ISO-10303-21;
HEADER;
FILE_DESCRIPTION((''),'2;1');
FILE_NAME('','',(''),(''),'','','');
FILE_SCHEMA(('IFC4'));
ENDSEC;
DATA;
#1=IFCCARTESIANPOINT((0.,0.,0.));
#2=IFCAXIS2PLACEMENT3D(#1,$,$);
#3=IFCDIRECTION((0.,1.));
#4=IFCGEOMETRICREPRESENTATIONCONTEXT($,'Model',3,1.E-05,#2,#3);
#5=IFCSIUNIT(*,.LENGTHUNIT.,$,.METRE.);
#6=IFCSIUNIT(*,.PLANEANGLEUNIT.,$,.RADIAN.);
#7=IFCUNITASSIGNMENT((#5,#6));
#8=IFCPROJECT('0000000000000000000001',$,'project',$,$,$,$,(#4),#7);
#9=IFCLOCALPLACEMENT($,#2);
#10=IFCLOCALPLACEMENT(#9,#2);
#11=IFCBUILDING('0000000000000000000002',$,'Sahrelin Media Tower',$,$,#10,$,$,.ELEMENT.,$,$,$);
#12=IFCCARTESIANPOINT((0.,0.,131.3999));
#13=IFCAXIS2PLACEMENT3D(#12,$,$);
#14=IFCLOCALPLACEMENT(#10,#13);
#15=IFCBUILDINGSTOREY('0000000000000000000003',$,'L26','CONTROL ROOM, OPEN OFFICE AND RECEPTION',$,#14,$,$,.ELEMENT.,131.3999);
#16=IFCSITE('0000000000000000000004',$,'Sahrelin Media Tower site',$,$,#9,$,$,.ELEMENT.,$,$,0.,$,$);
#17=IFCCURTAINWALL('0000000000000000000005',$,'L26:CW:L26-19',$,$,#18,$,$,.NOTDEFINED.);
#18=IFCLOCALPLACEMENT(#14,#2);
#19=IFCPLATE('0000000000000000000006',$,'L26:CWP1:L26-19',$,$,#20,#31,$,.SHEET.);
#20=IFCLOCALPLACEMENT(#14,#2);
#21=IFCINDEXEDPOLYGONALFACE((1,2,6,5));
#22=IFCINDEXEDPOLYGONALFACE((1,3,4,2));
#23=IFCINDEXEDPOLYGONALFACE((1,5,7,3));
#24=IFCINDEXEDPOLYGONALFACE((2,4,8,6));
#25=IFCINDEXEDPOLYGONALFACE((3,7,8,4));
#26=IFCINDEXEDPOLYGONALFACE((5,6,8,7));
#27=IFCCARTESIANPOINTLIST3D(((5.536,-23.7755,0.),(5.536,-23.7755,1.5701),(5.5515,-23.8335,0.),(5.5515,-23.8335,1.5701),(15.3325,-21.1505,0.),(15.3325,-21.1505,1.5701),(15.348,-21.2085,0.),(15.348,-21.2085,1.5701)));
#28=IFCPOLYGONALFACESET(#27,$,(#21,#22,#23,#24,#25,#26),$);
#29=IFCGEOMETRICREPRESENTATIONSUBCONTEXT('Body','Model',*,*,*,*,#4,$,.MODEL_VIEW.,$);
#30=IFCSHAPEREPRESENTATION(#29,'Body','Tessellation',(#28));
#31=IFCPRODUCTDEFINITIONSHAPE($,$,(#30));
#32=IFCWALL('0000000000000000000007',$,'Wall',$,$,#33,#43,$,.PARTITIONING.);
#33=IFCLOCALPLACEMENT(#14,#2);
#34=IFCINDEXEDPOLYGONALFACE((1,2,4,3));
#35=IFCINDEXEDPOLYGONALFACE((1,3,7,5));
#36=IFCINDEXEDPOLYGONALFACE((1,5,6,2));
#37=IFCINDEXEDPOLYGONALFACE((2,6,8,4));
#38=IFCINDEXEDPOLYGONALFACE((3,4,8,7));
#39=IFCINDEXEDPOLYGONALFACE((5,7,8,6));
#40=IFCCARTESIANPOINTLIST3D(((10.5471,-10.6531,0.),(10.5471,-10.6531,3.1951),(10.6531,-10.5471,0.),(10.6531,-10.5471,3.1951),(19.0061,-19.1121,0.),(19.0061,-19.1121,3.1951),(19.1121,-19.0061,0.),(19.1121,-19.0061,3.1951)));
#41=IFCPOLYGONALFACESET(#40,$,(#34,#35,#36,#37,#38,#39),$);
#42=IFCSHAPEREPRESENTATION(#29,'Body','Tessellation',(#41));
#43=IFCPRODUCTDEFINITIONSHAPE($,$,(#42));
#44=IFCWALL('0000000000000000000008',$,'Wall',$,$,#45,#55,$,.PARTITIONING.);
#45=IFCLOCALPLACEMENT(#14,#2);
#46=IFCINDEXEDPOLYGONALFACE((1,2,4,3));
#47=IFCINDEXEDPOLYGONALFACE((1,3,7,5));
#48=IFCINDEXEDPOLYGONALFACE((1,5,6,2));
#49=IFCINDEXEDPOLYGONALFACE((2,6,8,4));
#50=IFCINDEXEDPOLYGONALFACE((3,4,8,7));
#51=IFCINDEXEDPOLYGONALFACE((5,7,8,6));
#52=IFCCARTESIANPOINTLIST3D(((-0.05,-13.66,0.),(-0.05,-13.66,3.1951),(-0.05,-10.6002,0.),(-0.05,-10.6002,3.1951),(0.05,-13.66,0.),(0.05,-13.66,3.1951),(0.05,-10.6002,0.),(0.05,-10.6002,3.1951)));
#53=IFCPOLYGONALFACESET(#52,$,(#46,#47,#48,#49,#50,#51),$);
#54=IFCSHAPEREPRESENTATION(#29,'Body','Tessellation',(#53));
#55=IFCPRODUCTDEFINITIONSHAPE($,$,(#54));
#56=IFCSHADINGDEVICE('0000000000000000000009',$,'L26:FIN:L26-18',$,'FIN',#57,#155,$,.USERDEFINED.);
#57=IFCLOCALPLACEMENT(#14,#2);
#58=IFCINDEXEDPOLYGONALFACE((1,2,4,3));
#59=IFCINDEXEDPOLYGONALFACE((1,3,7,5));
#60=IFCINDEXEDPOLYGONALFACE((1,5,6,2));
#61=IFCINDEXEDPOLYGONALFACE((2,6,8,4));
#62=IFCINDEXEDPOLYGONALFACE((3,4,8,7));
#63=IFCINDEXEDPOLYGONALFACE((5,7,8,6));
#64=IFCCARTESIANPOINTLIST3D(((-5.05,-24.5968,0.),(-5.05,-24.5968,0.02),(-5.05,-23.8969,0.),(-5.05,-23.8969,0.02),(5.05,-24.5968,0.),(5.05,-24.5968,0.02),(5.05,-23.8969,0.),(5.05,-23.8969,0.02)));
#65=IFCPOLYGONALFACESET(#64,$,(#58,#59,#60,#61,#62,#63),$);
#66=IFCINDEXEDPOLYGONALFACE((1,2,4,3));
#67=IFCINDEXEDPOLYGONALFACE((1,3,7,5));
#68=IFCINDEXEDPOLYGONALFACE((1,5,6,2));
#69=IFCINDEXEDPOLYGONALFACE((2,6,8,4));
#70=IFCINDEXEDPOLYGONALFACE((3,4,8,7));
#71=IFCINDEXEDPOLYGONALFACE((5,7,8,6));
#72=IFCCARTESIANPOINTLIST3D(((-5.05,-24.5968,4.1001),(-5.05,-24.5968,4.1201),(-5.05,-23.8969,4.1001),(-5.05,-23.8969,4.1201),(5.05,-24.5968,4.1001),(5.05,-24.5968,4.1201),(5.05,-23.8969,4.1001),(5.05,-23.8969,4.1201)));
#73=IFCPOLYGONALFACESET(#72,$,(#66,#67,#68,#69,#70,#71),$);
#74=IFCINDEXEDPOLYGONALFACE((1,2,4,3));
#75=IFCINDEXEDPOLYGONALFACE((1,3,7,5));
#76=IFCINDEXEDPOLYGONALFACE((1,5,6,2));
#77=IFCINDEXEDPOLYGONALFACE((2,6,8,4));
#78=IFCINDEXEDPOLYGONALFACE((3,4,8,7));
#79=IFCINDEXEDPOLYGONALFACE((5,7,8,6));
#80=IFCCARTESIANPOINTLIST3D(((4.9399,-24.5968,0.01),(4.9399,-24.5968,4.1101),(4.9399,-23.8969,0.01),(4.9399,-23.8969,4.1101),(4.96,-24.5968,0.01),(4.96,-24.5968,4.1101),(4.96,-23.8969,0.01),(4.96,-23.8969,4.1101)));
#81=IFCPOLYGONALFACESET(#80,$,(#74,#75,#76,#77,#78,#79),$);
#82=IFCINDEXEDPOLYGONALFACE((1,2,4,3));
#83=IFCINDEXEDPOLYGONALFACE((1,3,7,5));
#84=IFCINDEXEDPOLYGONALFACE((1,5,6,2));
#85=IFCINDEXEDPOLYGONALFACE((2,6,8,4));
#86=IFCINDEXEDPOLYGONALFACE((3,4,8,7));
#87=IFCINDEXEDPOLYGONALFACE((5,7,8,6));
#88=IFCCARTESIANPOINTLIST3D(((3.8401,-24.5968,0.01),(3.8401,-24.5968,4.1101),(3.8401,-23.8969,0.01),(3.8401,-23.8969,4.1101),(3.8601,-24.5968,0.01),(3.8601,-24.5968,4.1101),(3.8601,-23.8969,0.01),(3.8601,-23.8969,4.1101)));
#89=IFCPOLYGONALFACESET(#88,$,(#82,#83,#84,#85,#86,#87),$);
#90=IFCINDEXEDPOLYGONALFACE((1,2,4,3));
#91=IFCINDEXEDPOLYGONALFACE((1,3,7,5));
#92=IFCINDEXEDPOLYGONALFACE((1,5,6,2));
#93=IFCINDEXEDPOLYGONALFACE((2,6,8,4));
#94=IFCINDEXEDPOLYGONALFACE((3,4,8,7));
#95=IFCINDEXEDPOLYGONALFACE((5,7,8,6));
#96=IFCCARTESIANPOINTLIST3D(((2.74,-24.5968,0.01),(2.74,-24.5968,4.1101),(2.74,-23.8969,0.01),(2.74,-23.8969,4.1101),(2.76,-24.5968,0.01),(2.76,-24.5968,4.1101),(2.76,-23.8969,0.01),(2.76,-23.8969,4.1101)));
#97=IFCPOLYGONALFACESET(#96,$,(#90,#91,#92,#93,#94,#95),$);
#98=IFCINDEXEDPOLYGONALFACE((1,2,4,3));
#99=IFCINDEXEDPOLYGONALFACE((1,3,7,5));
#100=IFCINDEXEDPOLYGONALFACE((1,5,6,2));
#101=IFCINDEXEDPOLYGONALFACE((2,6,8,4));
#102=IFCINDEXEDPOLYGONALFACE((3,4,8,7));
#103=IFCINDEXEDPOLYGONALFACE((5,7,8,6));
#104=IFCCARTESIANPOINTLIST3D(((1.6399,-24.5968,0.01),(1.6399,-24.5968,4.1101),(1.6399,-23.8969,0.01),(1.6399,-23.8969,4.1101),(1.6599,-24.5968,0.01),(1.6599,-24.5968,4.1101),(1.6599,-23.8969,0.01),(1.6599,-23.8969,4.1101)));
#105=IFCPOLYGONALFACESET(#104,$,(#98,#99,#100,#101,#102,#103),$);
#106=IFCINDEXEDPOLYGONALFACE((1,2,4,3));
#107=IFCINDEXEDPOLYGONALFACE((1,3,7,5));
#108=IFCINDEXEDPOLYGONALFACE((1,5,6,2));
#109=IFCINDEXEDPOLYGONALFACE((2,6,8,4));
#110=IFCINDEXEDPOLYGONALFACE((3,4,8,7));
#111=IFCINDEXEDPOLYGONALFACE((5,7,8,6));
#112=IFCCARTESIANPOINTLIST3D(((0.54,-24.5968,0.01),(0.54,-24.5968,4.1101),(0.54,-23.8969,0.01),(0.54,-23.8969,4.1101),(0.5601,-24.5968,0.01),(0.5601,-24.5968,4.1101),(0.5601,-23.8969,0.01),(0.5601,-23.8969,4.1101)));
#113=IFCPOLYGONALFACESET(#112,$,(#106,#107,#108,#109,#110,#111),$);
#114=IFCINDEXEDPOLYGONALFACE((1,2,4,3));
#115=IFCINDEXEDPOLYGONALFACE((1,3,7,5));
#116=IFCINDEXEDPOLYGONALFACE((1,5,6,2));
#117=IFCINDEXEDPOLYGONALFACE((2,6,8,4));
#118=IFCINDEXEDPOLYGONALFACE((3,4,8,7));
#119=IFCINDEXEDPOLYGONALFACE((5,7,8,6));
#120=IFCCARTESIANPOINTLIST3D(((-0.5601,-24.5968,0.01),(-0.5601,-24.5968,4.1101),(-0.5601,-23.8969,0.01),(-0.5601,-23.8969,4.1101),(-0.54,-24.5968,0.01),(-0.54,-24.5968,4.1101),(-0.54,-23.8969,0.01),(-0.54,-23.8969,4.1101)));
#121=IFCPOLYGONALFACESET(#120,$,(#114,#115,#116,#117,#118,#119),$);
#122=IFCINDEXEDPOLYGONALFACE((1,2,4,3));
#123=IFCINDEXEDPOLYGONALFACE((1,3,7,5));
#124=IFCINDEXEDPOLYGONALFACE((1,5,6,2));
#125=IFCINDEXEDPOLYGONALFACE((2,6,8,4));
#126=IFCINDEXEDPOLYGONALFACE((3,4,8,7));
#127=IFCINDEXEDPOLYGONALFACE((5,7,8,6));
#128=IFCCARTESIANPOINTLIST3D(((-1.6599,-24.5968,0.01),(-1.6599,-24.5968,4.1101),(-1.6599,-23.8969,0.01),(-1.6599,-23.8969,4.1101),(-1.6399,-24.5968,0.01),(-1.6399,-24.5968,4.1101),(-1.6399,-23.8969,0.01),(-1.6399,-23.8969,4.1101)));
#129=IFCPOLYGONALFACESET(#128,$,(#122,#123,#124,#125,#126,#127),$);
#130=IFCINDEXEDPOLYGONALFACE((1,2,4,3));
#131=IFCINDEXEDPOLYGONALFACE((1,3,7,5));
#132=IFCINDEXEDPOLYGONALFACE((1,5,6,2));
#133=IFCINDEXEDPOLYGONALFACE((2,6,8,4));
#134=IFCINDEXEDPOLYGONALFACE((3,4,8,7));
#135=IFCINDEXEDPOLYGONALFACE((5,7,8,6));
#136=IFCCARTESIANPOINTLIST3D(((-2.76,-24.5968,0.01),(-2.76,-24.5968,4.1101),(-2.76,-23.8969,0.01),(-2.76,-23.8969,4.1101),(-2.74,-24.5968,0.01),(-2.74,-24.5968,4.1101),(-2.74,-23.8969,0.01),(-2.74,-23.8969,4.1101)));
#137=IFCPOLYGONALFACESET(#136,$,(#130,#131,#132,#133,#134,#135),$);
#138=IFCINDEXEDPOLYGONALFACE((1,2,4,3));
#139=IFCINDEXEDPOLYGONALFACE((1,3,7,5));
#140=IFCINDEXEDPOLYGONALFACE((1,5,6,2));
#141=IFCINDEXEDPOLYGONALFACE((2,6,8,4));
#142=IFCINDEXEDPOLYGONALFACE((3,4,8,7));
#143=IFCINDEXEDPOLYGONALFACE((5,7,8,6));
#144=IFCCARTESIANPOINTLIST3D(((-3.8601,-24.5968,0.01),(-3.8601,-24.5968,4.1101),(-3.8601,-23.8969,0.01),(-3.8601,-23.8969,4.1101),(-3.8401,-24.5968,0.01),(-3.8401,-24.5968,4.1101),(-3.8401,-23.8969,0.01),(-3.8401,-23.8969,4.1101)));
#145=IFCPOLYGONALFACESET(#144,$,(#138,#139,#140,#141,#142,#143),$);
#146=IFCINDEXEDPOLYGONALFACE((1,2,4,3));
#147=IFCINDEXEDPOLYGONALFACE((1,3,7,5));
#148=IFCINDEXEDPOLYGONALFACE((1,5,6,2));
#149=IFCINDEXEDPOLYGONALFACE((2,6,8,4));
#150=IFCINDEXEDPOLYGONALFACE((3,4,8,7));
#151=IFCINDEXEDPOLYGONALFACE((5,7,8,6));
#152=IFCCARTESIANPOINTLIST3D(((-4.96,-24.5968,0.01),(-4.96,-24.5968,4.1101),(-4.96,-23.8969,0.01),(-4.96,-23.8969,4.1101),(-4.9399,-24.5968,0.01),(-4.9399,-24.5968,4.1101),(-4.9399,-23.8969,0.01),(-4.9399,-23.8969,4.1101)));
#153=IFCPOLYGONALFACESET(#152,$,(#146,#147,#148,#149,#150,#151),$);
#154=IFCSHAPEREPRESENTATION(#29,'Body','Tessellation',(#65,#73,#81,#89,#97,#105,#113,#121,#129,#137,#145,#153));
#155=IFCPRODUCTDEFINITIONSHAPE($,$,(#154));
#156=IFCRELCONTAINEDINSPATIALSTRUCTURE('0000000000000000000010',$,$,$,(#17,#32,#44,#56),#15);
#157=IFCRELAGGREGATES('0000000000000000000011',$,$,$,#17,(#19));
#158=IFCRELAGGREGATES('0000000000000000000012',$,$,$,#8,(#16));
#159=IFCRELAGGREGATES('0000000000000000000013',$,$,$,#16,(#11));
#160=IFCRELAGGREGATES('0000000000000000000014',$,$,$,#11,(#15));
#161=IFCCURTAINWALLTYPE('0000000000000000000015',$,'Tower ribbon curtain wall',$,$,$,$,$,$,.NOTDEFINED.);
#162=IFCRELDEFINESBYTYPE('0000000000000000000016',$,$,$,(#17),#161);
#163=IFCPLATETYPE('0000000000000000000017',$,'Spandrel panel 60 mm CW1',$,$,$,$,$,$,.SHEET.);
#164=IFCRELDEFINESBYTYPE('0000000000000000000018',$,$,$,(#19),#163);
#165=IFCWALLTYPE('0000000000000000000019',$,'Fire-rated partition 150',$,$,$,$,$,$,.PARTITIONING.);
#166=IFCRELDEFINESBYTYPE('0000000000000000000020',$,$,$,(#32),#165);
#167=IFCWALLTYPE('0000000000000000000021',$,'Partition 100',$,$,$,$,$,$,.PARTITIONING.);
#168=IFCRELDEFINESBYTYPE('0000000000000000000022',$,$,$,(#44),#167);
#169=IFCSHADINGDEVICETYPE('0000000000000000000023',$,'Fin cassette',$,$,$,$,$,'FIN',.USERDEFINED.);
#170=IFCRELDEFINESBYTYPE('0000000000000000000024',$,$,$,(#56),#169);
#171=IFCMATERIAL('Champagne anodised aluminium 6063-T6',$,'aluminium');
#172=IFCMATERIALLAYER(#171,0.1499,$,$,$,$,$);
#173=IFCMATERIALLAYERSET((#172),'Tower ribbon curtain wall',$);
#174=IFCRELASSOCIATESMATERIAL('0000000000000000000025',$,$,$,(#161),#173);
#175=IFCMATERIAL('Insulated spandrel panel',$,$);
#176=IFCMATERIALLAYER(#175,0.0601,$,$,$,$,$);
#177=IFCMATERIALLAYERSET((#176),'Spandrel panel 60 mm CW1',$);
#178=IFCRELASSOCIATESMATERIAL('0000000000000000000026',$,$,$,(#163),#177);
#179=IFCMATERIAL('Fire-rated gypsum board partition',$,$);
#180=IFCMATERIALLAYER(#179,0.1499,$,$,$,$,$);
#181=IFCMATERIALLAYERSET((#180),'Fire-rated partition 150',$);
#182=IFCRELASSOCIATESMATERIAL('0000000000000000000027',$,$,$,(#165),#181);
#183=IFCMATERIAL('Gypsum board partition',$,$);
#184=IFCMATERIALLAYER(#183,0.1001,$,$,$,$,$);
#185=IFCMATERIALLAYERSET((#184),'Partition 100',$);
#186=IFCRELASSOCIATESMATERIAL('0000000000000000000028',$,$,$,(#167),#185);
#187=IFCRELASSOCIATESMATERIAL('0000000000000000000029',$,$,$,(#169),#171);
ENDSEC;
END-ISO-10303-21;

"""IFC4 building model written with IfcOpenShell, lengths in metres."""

from ifc_helpers import new_model, si_unit, direction, frame, frame_2d, origin, origin_2d, place, context, subcontext, project, spatial, polyline, rectangle, outline, extrude, material, layer, layer_set, type_object, element, aggregate, save


model = new_model("IFC4")

# Units and contexts
model_context = context("Model", 3, precision=1e-05, world=origin(), true_north=direction((0.0, 1.0)))
body_context = subcontext(model_context, "Body", "Model", "MODEL_VIEW")
ifc_project = project(units=[si_unit("LENGTHUNIT", "METRE"), si_unit("PLANEANGLEUNIT", "RADIAN")], contexts=[model_context])

# Site, building, storey
site_placement = place(None, origin())
site = spatial("IfcSite", under=ifc_project, at=site_placement, Name="Sahrelin Media Tower site", CompositionType="ELEMENT", RefElevation=0.0)
building_placement = place(site_placement, origin())
building = spatial("IfcBuilding", under=site, at=building_placement, Name="Sahrelin Media Tower", CompositionType="ELEMENT")
storey_placement = place(building_placement, frame((0.0, 0.0, 131.3999)))
storey = spatial("IfcBuildingStorey", under=building, at=storey_placement, Name="L26", Description="CONTROL ROOM, OPEN OFFICE AND RECEPTION", CompositionType="ELEMENT", Elevation=131.3999)

# Curtain wall
ifc_material_1 = material(Name="Champagne anodised aluminium 6063-T6", Category="aluminium")
ifc_layer_1 = layer(ifc_material_1, 0.1499)
ifc_layer_set_1 = layer_set([ifc_layer_1], Name="Tower ribbon curtain wall")
curtain_wall_type = type_object("IfcCurtainWallType", Name="Tower ribbon curtain wall", PredefinedType="NOTDEFINED", material=ifc_layer_set_1)
curtain_wall_placement = place(storey_placement, frame((10.4443, -22.5017, 0.0), z_axis=(0.0, 0.0, 1.0), x_axis=(1.0, 0.0, 0.0)))
curtain_wall = element("IfcCurtainWall", 1, at=curtain_wall_placement, inside=storey, type_object=curtain_wall_type, Name="L26:CW:L26-19", PredefinedType="NOTDEFINED")

# Plate
ifc_material_2 = material(Name="Insulated spandrel panel")
ifc_layer_2 = layer(ifc_material_2, 0.0601)
ifc_layer_set_2 = layer_set([ifc_layer_2], Name="Spandrel panel 60 mm CW1")
plate_type_1 = type_object("IfcPlateType", Name="Spandrel panel 60 mm CW1", PredefinedType="SHEET", material=ifc_layer_set_2)
plate_1_placement = place(storey_placement, frame((5.5515, -23.8335, 0.0), z_axis=(0.258825, -0.965924, 0.0), x_axis=(0.965924, 0.258825, 0.0)))
plate_1 = element("IfcPlate", 2, at=plate_1_placement, type_object=plate_type_1, Name="L26:CWP1:L26-19", PredefinedType="SHEET", context=body_context, shape_type="SweptSolid", body=[
    extrude(outline(polyline([(0.0, 0.0), (10.1421, 0.0), (10.1421, 1.5701), (0.0, 1.5701), (0.0, 0.0)])), origin(), (0.0, 0.0, -1.0), 0.0601),
])
aggregate(curtain_wall, [plate_1])

# Walls
ifc_material_3 = material(Name="Fire-rated gypsum board partition")
ifc_layer_3 = layer(ifc_material_3, 0.1499)
ifc_layer_set_3 = layer_set([ifc_layer_3], Name="Fire-rated partition 150")
wall_type_1 = type_object("IfcWallType", Name="Fire-rated partition 150", PredefinedType="PARTITIONING", material=ifc_layer_set_3)
wall_1_placement = place(storey_placement, frame((10.6001, -10.6001, 0.0), z_axis=(0.0, 0.0, 1.0), x_axis=(0.707107, -0.707107, 0.0)))
element("IfcWall", 3, at=wall_1_placement, inside=storey, type_object=wall_type_1, Name="Wall", PredefinedType="PARTITIONING", context=body_context, shape_type="SweptSolid", body=[
    extrude(rectangle(XDim=11.9629, YDim=0.1499, at=frame_2d((5.9814, 0.0))), origin(), (0.0, 0.0, 1.0), 3.1951),
])
ifc_material_4 = material(Name="Gypsum board partition")
ifc_layer_4 = layer(ifc_material_4, 0.1001)
ifc_layer_set_4 = layer_set([ifc_layer_4], Name="Partition 100")
wall_type_2 = type_object("IfcWallType", Name="Partition 100", PredefinedType="PARTITIONING", material=ifc_layer_set_4)
wall_2_placement = place(storey_placement, frame((0.0, -13.6599, 0.0), z_axis=(0.0, 0.0, 1.0), x_axis=(0.0, 1.0, 0.0)))
element("IfcWall", 4, at=wall_2_placement, inside=storey, type_object=wall_type_2, Name="Wall", PredefinedType="PARTITIONING", context=body_context, shape_type="SweptSolid", body=[
    extrude(rectangle(XDim=3.0598, YDim=0.1001, at=frame_2d((1.5298, 0.0))), origin(), (0.0, 0.0, 1.0), 3.1951),
])

# Shading device
shading_device_type_1 = type_object("IfcShadingDeviceType", Name="Fin cassette", ElementType="FIN", PredefinedType="USERDEFINED", material=ifc_material_1)
placement_1 = place(storey_placement, frame((0.0, -23.8269, 0.0), z_axis=(0.0, 0.0, 1.0), x_axis=(-1.0, 0.0, 0.0)))
element("IfcShadingDevice", 5, at=placement_1, inside=storey, type_object=shading_device_type_1, Name="L26:FIN:L26-18", ObjectType="FIN", PredefinedType="USERDEFINED", context=body_context, shape_type="SweptSolid", body=[
    extrude(rectangle(XDim=10.1001, YDim=0.7, at=origin_2d()), frame((0.0, 0.4199, 0.0)), (0.0, 0.0, 1.0), 0.02),
    extrude(rectangle(XDim=10.1001, YDim=0.7, at=origin_2d()), frame((0.0, 0.4199, 4.1001)), (0.0, 0.0, 1.0), 0.02),
    extrude(rectangle(XDim=0.02, YDim=0.7, at=origin_2d()), frame((-4.95, 0.4199, 0.01), z_axis=(0.0, 0.0, 1.0), x_axis=(1.0, 0.0, 0.0)), (0.0, 0.0, 1.0), 4.1001),
    extrude(rectangle(XDim=0.02, YDim=0.7, at=origin_2d()), frame((-3.8501, 0.4199, 0.01), z_axis=(0.0, 0.0, 1.0), x_axis=(1.0, 0.0, 0.0)), (0.0, 0.0, 1.0), 4.1001),
    extrude(rectangle(XDim=0.02, YDim=0.7, at=origin_2d()), frame((-2.75, 0.4199, 0.01), z_axis=(0.0, 0.0, 1.0), x_axis=(1.0, 0.0, 0.0)), (0.0, 0.0, 1.0), 4.1001),
    extrude(rectangle(XDim=0.02, YDim=0.7, at=origin_2d()), frame((-1.6499, 0.4199, 0.01), z_axis=(0.0, 0.0, 1.0), x_axis=(1.0, 0.0, 0.0)), (0.0, 0.0, 1.0), 4.1001),
    extrude(rectangle(XDim=0.02, YDim=0.7, at=origin_2d()), frame((-0.55, 0.4199, 0.01), z_axis=(0.0, 0.0, 1.0), x_axis=(1.0, 0.0, 0.0)), (0.0, 0.0, 1.0), 4.1001),
    extrude(rectangle(XDim=0.02, YDim=0.7, at=origin_2d()), frame((0.55, 0.4199, 0.01), z_axis=(0.0, 0.0, 1.0), x_axis=(1.0, 0.0, 0.0)), (0.0, 0.0, 1.0), 4.1001),
    extrude(rectangle(XDim=0.02, YDim=0.7, at=origin_2d()), frame((1.6499, 0.4199, 0.01), z_axis=(0.0, 0.0, 1.0), x_axis=(1.0, 0.0, 0.0)), (0.0, 0.0, 1.0), 4.1001),
    extrude(rectangle(XDim=0.02, YDim=0.7, at=origin_2d()), frame((2.75, 0.4199, 0.01), z_axis=(0.0, 0.0, 1.0), x_axis=(1.0, 0.0, 0.0)), (0.0, 0.0, 1.0), 4.1001),
    extrude(rectangle(XDim=0.02, YDim=0.7, at=origin_2d()), frame((3.8501, 0.4199, 0.01), z_axis=(0.0, 0.0, 1.0), x_axis=(1.0, 0.0, 0.0)), (0.0, 0.0, 1.0), 4.1001),
    extrude(rectangle(XDim=0.02, YDim=0.7, at=origin_2d()), frame((4.95, 0.4199, 0.01), z_axis=(0.0, 0.0, 1.0), x_axis=(1.0, 0.0, 0.0)), (0.0, 0.0, 1.0), 4.1001),
])

save(model, "model.ifc")
